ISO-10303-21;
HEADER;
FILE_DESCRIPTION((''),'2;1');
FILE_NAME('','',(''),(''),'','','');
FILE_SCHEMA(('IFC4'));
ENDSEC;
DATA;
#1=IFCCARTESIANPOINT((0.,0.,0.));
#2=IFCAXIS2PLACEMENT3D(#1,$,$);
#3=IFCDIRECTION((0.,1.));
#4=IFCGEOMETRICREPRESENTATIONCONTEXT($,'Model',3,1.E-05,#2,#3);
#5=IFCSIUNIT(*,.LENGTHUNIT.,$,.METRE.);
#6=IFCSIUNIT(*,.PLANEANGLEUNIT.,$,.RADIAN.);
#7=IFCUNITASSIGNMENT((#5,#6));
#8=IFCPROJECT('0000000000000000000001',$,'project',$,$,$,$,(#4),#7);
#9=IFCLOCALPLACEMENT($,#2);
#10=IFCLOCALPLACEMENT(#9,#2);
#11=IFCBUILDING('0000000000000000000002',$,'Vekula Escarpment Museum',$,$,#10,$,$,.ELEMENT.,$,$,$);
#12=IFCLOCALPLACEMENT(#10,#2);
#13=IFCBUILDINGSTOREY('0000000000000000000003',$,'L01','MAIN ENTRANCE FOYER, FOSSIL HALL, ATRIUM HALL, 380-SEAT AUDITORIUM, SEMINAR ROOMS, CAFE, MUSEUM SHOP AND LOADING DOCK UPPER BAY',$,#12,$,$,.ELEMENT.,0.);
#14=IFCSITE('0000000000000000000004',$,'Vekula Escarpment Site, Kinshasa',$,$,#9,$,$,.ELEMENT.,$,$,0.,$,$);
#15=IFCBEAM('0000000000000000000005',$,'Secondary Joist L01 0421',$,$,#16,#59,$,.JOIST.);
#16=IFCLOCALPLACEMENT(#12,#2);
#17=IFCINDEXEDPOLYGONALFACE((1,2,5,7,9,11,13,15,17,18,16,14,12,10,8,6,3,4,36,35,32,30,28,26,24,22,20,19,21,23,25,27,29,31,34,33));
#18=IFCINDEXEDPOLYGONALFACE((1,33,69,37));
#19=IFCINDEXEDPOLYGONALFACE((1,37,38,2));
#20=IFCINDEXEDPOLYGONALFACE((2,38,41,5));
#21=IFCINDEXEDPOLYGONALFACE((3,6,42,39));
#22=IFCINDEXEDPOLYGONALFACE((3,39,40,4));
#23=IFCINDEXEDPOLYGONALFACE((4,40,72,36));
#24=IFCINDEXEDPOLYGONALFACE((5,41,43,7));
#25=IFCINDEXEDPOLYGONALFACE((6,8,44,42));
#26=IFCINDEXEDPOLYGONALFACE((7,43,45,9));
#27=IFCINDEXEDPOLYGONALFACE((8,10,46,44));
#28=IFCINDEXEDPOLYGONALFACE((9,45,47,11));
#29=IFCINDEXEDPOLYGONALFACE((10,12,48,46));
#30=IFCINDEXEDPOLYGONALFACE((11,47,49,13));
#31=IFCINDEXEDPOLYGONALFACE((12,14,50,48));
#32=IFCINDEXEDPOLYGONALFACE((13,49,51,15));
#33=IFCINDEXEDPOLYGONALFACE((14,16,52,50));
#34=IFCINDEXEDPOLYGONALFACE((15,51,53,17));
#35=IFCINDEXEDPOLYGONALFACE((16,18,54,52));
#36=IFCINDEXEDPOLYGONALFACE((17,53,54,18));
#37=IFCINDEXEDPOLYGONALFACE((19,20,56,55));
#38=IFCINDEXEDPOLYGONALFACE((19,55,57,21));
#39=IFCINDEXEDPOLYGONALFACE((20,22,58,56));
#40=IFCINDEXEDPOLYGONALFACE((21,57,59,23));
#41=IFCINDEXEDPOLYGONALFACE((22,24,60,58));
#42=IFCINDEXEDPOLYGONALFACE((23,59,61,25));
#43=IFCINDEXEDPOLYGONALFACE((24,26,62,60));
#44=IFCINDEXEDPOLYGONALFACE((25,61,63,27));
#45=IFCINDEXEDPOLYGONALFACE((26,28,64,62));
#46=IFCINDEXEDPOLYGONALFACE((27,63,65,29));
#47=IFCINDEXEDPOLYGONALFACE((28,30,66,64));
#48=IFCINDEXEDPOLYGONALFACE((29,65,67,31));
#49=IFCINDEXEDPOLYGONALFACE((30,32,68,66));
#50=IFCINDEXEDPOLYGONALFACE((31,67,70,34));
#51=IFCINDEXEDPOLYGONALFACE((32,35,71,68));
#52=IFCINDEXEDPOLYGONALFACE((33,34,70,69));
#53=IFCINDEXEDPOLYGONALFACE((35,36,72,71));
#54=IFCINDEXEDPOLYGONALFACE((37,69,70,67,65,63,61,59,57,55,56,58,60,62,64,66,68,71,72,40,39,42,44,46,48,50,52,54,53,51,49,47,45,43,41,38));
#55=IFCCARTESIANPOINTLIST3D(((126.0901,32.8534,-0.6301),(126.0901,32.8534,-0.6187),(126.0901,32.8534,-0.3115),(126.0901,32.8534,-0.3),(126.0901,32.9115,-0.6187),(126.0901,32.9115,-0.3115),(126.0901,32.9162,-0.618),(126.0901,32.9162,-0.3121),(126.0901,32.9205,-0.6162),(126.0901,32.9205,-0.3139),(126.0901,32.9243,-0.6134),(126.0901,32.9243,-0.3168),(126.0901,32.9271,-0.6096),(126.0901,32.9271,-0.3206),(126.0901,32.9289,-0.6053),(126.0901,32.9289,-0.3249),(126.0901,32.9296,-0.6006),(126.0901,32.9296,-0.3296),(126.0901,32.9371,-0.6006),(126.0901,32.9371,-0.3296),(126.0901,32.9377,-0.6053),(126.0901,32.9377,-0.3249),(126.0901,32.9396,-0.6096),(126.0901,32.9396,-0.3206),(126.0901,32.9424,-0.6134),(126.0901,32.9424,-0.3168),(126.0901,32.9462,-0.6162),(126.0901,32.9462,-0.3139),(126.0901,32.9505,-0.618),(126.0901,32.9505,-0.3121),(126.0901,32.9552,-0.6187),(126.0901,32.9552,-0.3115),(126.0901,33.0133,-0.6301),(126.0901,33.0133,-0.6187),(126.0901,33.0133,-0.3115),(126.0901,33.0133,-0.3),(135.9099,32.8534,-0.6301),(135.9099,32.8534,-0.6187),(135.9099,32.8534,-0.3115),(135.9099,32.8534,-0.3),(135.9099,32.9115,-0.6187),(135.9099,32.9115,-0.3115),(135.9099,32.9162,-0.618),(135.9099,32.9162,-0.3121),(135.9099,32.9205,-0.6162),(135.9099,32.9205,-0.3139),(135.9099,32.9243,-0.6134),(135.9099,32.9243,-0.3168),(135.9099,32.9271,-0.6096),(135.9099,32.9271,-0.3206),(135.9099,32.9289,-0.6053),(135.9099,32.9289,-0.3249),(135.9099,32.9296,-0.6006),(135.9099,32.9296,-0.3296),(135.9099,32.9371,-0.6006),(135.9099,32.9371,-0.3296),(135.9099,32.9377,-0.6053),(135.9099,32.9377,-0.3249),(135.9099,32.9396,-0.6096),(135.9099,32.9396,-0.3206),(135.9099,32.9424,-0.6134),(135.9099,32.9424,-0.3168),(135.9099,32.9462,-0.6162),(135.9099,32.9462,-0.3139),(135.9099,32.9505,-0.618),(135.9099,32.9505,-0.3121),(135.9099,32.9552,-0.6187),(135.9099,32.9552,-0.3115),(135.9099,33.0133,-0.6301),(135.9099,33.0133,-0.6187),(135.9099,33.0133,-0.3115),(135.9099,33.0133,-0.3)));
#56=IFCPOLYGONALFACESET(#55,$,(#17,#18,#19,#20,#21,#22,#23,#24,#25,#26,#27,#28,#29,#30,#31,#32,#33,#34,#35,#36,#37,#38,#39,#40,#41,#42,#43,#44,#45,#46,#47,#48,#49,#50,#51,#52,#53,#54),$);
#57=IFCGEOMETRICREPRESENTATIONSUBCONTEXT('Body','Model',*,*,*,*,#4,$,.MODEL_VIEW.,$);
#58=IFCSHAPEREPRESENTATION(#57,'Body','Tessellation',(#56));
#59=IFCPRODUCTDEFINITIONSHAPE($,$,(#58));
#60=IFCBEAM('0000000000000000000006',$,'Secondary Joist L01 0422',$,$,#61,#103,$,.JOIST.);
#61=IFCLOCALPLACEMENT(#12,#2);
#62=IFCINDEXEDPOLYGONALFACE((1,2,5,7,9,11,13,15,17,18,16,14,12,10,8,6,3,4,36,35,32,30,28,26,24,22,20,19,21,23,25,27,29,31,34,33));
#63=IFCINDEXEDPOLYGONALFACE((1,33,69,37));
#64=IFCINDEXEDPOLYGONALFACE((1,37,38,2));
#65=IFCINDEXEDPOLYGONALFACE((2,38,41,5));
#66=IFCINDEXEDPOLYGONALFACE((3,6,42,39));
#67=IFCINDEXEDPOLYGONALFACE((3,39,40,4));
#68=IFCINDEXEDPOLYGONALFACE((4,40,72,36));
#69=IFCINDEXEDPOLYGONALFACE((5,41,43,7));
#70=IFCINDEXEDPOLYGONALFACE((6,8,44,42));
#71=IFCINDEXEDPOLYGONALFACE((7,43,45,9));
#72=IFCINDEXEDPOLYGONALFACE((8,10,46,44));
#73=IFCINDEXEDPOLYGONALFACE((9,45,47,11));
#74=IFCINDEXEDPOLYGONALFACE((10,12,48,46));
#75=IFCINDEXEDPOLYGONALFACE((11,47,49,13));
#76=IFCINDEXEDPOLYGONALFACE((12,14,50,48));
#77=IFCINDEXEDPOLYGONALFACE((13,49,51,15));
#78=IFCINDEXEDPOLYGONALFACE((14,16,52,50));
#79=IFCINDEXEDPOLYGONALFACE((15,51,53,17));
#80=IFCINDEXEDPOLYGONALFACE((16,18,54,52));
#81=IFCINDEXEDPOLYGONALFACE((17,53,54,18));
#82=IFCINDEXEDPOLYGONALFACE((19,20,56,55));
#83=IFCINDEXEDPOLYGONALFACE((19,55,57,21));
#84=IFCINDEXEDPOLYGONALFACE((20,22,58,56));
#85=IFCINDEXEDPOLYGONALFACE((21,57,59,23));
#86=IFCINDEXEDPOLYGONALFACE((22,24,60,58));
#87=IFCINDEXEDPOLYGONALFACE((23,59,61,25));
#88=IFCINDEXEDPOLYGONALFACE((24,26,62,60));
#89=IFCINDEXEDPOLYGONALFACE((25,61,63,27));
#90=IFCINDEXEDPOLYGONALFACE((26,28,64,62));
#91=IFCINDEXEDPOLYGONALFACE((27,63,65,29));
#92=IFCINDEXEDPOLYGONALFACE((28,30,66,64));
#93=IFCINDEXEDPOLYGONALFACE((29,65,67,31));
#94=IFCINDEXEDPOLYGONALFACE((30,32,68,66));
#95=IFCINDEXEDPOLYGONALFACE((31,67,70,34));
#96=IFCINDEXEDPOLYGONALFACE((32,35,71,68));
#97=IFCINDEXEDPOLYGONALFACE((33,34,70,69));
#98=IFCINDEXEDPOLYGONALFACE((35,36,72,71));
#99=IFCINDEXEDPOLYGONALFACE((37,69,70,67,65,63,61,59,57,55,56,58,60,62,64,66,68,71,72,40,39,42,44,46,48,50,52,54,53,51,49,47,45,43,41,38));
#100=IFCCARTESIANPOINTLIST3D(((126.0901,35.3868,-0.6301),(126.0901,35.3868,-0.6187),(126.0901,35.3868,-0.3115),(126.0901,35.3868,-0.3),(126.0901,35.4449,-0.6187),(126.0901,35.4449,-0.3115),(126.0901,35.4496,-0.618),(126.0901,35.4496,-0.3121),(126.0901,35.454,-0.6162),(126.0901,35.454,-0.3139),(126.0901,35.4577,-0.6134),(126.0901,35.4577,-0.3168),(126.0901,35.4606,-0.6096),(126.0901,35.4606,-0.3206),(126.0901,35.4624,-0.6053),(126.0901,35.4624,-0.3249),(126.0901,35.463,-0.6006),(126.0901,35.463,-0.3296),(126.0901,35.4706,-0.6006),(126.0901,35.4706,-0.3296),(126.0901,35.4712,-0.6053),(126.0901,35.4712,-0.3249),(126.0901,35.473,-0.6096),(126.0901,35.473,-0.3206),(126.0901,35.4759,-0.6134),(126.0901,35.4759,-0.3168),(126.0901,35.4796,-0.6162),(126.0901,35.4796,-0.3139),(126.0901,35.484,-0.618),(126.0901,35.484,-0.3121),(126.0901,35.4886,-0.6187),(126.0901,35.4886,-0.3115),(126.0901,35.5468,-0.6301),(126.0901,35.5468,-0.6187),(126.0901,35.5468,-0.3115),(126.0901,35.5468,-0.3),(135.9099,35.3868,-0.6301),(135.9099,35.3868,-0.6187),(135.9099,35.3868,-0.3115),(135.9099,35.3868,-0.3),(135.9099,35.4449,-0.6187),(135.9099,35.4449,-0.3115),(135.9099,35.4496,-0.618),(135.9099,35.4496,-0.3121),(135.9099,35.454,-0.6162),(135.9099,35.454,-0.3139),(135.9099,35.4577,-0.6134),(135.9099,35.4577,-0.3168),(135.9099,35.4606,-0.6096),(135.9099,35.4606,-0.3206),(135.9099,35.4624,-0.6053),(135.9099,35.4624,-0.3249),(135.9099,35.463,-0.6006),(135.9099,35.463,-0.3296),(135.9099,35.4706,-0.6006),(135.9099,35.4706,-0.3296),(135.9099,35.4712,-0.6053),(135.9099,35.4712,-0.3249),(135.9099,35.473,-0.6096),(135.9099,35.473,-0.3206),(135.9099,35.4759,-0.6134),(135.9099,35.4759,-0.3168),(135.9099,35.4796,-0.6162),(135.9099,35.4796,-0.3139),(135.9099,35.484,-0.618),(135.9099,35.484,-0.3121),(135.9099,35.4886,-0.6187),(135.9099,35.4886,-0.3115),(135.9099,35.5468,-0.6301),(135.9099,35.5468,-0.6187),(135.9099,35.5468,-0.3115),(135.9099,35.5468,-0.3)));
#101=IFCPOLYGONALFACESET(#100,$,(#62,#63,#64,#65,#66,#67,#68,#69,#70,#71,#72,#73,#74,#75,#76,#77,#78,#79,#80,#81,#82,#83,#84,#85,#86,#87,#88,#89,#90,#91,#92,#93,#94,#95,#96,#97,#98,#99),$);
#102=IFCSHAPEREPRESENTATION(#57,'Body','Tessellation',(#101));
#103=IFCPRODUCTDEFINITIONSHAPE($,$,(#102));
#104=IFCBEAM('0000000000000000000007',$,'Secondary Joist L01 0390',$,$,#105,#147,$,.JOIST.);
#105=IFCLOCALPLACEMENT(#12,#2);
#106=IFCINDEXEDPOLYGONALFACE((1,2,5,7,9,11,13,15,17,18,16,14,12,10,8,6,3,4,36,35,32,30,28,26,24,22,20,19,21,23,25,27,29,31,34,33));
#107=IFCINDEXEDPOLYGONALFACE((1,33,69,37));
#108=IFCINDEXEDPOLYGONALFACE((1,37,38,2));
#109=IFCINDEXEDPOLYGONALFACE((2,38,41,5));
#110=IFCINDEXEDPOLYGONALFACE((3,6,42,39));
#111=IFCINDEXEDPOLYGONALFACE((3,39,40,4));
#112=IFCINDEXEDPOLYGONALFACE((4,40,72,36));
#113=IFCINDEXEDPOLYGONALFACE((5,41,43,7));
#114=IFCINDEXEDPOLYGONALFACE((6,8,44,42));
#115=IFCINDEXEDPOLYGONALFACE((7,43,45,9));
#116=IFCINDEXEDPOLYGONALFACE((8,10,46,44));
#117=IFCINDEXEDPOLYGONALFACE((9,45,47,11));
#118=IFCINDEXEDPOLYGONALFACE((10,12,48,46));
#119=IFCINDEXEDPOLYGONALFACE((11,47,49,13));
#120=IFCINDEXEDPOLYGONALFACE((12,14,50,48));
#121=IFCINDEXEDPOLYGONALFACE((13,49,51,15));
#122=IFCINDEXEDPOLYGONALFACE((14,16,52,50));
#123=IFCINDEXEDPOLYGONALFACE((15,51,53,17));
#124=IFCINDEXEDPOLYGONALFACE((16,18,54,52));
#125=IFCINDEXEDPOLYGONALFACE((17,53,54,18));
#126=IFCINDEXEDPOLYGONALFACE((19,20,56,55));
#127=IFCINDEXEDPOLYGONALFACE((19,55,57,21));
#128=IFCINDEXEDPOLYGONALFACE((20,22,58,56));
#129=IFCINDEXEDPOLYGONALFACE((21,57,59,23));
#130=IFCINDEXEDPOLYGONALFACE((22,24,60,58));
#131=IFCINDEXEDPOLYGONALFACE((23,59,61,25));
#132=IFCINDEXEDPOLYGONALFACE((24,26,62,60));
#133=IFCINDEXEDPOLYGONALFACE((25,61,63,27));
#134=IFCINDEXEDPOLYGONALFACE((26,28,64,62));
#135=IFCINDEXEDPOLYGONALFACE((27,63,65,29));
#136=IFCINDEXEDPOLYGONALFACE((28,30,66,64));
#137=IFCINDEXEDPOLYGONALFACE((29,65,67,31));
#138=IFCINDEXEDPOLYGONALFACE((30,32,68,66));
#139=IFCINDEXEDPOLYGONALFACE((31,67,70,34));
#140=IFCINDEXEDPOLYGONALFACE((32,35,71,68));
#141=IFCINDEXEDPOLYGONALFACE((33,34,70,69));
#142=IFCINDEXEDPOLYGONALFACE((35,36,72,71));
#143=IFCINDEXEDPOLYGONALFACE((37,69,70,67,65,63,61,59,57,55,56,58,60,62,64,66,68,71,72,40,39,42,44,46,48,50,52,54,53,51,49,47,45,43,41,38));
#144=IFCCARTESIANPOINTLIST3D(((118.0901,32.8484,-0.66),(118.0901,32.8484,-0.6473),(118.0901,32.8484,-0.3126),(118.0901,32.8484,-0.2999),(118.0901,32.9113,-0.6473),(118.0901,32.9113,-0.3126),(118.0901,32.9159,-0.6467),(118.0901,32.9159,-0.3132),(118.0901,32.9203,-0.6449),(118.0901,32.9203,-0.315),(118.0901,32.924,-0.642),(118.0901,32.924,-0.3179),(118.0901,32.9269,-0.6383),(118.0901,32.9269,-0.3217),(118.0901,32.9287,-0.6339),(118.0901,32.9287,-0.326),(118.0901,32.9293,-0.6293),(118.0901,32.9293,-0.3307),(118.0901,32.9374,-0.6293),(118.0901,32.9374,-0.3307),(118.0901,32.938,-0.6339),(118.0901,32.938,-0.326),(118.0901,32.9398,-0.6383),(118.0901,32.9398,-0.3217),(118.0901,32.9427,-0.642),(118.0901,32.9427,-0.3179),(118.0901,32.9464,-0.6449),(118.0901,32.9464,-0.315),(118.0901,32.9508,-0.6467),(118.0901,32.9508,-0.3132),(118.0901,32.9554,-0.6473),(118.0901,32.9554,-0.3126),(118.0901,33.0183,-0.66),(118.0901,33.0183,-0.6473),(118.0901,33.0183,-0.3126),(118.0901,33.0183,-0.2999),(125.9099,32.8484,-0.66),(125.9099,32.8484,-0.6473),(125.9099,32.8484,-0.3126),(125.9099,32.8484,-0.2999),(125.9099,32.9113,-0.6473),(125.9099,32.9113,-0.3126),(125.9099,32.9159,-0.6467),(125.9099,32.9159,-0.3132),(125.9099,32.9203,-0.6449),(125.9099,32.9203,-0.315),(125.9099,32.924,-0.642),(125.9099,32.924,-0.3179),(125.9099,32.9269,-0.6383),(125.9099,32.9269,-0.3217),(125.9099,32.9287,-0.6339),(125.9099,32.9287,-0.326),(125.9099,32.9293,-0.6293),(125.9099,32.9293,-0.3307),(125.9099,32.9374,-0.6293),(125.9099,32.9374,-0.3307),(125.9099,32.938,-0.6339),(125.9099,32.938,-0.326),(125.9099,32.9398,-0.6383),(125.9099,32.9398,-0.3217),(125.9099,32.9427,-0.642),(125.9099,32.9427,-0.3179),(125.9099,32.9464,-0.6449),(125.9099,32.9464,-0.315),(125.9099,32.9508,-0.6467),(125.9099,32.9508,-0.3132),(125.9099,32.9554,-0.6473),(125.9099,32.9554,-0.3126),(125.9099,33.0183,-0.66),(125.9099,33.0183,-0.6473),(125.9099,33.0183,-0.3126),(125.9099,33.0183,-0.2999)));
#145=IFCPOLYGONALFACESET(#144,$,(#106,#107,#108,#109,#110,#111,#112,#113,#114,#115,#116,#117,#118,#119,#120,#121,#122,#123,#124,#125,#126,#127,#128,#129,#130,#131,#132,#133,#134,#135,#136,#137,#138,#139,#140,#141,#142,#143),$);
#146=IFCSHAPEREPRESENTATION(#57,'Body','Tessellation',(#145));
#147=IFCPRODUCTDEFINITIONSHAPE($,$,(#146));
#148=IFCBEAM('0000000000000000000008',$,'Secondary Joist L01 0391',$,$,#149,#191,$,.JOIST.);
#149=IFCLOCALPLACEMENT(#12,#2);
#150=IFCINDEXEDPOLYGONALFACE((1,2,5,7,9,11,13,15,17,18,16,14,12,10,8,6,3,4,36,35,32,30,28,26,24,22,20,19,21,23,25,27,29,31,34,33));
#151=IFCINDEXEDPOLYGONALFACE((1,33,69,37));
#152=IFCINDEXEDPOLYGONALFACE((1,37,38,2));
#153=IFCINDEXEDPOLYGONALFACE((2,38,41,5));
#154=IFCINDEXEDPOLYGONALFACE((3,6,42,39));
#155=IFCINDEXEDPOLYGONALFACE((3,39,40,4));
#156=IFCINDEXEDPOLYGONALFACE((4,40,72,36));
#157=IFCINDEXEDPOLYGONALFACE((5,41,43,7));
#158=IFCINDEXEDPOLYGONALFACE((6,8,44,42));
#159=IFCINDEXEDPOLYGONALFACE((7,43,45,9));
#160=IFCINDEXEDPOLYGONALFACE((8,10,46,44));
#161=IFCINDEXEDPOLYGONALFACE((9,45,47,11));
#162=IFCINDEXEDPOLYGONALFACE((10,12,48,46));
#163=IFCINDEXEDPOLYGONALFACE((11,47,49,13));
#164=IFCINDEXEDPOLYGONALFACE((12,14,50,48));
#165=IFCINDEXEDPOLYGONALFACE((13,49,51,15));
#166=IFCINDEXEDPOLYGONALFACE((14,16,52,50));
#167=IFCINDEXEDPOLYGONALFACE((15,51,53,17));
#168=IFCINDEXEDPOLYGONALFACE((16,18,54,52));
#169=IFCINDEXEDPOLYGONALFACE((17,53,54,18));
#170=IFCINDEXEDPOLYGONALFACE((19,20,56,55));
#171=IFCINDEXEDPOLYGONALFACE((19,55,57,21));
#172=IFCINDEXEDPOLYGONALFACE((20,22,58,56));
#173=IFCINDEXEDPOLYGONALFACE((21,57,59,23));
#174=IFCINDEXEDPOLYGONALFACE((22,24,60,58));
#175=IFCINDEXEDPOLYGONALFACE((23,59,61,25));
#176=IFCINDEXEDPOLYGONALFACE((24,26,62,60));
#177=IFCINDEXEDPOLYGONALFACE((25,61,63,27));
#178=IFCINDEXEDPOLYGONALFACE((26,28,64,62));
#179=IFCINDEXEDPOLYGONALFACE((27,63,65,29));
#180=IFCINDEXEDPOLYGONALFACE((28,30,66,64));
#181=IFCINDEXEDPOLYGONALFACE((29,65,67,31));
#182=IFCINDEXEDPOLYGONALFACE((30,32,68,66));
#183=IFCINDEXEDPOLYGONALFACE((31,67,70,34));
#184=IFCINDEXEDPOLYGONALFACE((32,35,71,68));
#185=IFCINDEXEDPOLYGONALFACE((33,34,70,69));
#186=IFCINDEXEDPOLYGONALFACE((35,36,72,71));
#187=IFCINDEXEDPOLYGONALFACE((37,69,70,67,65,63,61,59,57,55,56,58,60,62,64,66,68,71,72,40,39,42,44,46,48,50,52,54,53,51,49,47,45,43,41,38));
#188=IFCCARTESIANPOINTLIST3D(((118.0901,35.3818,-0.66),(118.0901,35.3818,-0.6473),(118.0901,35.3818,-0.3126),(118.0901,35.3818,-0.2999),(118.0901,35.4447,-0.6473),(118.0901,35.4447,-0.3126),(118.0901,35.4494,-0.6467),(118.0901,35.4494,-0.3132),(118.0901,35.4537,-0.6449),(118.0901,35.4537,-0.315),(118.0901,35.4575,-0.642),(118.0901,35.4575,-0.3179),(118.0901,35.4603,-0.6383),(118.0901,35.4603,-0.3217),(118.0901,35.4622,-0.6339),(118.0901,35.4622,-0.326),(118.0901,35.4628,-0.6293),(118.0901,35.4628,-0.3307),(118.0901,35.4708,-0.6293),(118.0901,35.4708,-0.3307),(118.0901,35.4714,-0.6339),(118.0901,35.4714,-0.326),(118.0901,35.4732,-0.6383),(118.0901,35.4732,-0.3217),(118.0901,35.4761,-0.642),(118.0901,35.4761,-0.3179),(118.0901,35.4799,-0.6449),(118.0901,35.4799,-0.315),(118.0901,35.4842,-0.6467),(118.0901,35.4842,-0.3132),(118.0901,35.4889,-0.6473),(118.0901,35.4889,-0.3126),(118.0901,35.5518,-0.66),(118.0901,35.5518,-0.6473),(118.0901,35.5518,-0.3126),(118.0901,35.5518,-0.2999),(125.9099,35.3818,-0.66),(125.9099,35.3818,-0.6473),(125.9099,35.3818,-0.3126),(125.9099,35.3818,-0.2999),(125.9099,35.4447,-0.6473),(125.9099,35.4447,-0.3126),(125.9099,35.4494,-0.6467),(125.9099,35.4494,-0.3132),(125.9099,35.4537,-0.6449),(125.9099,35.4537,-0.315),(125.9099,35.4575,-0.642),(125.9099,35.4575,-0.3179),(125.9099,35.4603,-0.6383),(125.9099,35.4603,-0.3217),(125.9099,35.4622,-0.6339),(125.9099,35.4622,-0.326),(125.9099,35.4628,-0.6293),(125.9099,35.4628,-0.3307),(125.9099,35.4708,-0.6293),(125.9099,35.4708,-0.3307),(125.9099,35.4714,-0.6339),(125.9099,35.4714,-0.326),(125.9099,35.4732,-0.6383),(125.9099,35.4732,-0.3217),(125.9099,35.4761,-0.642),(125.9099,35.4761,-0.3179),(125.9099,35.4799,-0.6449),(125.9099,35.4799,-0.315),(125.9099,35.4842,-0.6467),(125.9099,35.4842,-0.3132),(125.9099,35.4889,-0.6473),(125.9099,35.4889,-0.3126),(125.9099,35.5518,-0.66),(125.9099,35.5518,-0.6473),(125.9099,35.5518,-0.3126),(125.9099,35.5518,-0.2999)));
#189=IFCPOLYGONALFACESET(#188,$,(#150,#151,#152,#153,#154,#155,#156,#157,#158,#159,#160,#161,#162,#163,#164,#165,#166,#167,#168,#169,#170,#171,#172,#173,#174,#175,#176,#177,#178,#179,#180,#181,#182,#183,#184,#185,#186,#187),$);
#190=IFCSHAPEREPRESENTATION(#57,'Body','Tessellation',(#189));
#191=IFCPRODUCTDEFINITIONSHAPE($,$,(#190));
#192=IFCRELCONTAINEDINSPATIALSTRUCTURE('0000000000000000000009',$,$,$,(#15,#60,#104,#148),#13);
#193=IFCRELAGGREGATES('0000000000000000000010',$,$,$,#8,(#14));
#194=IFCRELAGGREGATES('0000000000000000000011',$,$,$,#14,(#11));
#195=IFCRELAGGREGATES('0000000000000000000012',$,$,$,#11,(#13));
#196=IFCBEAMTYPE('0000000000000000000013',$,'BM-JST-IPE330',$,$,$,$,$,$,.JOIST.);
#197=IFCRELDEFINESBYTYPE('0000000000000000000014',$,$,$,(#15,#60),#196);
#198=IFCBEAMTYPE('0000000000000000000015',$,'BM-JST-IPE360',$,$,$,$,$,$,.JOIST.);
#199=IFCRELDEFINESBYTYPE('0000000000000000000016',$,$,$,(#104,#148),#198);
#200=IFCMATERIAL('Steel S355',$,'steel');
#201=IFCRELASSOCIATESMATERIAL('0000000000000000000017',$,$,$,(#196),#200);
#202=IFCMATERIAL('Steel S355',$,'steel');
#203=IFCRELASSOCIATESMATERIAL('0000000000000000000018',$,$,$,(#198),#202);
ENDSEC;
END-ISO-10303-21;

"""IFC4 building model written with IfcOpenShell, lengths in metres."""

from ifc_helpers import new_model, si_unit, direction, frame, origin, origin_2d, place, context, subcontext, project, spatial, i_section, extrude, material, material_profile, profile_set, type_object, element, save


model = new_model("IFC4")

# Units and contexts
model_context = context("Model", 3, precision=1e-05, world=origin(), true_north=direction((0.0, 1.0)))
body_context = subcontext(model_context, "Body", "Model", "MODEL_VIEW")
ifc_project = project(units=[si_unit("LENGTHUNIT", "METRE"), si_unit("PLANEANGLEUNIT", "RADIAN")], contexts=[model_context])

# Site, building, storey
site_placement = place(None, origin())
site = spatial("IfcSite", under=ifc_project, at=site_placement, Name="Vekula Escarpment Site, Kinshasa", CompositionType="ELEMENT", RefElevation=0.0)
building_placement = place(site_placement, origin())
building = spatial("IfcBuilding", under=site, at=building_placement, Name="Vekula Escarpment Museum", CompositionType="ELEMENT")
storey_placement = place(building_placement, origin())
storey = spatial("IfcBuildingStorey", under=building, at=storey_placement, Name="L01", Description="MAIN ENTRANCE FOYER, FOSSIL HALL, ATRIUM HALL, 380-SEAT AUDITORIUM, SEMINAR ROOMS, CAFE, MUSEUM SHOP AND LOADING DOCK UPPER BAY", CompositionType="ELEMENT", Elevation=0.0)

# Beams
ifc_material_1 = material(Name="Steel S355", Category="steel")
ifc_material_profile_1 = material_profile(ifc_material_1, i_section(OverallWidth=0.1599, OverallDepth=0.3301, WebThickness=0.0076, FlangeThickness=0.0115, FilletRadius=0.0181, at=origin_2d()), Name="IPE 330")
ifc_profile_set_1 = profile_set([ifc_material_profile_1], Name="Steel S355")
beam_type_1 = type_object("IfcBeamType", Name="BM-JST-IPE330", PredefinedType="JOIST", material=ifc_profile_set_1)
for number, where, z_axis, x_axis, name in (
    (1, (126.0901, 32.9333, -0.4651), (1.0, 0.0, 0.0), (0.0, 1.0, 0.0), "Secondary Joist L01 0421"),
    (2, (126.0901, 35.4668, -0.4651), (1.0, 0.0, 0.0), (0.0, 1.0, 0.0), "Secondary Joist L01 0422"),
):
    element("IfcBeam", number, at=place(storey_placement, frame(where, z_axis=z_axis, x_axis=x_axis)), inside=storey, type_object=beam_type_1, Name=name, PredefinedType="JOIST", context=body_context, shape_type="SweptSolid", body=[
        extrude(i_section(OverallWidth=0.1599, OverallDepth=0.3301, WebThickness=0.0076, FlangeThickness=0.0115, FilletRadius=0.0181, at=origin_2d()), origin(), (0.0, 0.0, 1.0), 9.8198),
    ])
ifc_material_2 = material(Name="Steel S355", Category="steel")
ifc_material_profile_2 = material_profile(ifc_material_2, i_section(OverallWidth=0.1699, OverallDepth=0.3601, WebThickness=0.0081, FlangeThickness=0.0127, FilletRadius=0.0181, at=origin_2d()), Name="IPE 360")
ifc_profile_set_2 = profile_set([ifc_material_profile_2], Name="Steel S355")
beam_type_2 = type_object("IfcBeamType", Name="BM-JST-IPE360", PredefinedType="JOIST", material=ifc_profile_set_2)
for number, where, z_axis, x_axis, name in (
    (3, (118.0901, 32.9333, -0.48), (1.0, 0.0, 0.0), (0.0, 1.0, 0.0), "Secondary Joist L01 0390"),
    (4, (118.0901, 35.4668, -0.48), (1.0, 0.0, 0.0), (0.0, 1.0, 0.0), "Secondary Joist L01 0391"),
):
    element("IfcBeam", number, at=place(storey_placement, frame(where, z_axis=z_axis, x_axis=x_axis)), inside=storey, type_object=beam_type_2, Name=name, PredefinedType="JOIST", context=body_context, shape_type="SweptSolid", body=[
        extrude(i_section(OverallWidth=0.1699, OverallDepth=0.3601, WebThickness=0.0081, FlangeThickness=0.0127, FilletRadius=0.0181, at=origin_2d()), origin(), (0.0, 0.0, 1.0), 7.8198),
    ])

save(model, "model.ifc")
